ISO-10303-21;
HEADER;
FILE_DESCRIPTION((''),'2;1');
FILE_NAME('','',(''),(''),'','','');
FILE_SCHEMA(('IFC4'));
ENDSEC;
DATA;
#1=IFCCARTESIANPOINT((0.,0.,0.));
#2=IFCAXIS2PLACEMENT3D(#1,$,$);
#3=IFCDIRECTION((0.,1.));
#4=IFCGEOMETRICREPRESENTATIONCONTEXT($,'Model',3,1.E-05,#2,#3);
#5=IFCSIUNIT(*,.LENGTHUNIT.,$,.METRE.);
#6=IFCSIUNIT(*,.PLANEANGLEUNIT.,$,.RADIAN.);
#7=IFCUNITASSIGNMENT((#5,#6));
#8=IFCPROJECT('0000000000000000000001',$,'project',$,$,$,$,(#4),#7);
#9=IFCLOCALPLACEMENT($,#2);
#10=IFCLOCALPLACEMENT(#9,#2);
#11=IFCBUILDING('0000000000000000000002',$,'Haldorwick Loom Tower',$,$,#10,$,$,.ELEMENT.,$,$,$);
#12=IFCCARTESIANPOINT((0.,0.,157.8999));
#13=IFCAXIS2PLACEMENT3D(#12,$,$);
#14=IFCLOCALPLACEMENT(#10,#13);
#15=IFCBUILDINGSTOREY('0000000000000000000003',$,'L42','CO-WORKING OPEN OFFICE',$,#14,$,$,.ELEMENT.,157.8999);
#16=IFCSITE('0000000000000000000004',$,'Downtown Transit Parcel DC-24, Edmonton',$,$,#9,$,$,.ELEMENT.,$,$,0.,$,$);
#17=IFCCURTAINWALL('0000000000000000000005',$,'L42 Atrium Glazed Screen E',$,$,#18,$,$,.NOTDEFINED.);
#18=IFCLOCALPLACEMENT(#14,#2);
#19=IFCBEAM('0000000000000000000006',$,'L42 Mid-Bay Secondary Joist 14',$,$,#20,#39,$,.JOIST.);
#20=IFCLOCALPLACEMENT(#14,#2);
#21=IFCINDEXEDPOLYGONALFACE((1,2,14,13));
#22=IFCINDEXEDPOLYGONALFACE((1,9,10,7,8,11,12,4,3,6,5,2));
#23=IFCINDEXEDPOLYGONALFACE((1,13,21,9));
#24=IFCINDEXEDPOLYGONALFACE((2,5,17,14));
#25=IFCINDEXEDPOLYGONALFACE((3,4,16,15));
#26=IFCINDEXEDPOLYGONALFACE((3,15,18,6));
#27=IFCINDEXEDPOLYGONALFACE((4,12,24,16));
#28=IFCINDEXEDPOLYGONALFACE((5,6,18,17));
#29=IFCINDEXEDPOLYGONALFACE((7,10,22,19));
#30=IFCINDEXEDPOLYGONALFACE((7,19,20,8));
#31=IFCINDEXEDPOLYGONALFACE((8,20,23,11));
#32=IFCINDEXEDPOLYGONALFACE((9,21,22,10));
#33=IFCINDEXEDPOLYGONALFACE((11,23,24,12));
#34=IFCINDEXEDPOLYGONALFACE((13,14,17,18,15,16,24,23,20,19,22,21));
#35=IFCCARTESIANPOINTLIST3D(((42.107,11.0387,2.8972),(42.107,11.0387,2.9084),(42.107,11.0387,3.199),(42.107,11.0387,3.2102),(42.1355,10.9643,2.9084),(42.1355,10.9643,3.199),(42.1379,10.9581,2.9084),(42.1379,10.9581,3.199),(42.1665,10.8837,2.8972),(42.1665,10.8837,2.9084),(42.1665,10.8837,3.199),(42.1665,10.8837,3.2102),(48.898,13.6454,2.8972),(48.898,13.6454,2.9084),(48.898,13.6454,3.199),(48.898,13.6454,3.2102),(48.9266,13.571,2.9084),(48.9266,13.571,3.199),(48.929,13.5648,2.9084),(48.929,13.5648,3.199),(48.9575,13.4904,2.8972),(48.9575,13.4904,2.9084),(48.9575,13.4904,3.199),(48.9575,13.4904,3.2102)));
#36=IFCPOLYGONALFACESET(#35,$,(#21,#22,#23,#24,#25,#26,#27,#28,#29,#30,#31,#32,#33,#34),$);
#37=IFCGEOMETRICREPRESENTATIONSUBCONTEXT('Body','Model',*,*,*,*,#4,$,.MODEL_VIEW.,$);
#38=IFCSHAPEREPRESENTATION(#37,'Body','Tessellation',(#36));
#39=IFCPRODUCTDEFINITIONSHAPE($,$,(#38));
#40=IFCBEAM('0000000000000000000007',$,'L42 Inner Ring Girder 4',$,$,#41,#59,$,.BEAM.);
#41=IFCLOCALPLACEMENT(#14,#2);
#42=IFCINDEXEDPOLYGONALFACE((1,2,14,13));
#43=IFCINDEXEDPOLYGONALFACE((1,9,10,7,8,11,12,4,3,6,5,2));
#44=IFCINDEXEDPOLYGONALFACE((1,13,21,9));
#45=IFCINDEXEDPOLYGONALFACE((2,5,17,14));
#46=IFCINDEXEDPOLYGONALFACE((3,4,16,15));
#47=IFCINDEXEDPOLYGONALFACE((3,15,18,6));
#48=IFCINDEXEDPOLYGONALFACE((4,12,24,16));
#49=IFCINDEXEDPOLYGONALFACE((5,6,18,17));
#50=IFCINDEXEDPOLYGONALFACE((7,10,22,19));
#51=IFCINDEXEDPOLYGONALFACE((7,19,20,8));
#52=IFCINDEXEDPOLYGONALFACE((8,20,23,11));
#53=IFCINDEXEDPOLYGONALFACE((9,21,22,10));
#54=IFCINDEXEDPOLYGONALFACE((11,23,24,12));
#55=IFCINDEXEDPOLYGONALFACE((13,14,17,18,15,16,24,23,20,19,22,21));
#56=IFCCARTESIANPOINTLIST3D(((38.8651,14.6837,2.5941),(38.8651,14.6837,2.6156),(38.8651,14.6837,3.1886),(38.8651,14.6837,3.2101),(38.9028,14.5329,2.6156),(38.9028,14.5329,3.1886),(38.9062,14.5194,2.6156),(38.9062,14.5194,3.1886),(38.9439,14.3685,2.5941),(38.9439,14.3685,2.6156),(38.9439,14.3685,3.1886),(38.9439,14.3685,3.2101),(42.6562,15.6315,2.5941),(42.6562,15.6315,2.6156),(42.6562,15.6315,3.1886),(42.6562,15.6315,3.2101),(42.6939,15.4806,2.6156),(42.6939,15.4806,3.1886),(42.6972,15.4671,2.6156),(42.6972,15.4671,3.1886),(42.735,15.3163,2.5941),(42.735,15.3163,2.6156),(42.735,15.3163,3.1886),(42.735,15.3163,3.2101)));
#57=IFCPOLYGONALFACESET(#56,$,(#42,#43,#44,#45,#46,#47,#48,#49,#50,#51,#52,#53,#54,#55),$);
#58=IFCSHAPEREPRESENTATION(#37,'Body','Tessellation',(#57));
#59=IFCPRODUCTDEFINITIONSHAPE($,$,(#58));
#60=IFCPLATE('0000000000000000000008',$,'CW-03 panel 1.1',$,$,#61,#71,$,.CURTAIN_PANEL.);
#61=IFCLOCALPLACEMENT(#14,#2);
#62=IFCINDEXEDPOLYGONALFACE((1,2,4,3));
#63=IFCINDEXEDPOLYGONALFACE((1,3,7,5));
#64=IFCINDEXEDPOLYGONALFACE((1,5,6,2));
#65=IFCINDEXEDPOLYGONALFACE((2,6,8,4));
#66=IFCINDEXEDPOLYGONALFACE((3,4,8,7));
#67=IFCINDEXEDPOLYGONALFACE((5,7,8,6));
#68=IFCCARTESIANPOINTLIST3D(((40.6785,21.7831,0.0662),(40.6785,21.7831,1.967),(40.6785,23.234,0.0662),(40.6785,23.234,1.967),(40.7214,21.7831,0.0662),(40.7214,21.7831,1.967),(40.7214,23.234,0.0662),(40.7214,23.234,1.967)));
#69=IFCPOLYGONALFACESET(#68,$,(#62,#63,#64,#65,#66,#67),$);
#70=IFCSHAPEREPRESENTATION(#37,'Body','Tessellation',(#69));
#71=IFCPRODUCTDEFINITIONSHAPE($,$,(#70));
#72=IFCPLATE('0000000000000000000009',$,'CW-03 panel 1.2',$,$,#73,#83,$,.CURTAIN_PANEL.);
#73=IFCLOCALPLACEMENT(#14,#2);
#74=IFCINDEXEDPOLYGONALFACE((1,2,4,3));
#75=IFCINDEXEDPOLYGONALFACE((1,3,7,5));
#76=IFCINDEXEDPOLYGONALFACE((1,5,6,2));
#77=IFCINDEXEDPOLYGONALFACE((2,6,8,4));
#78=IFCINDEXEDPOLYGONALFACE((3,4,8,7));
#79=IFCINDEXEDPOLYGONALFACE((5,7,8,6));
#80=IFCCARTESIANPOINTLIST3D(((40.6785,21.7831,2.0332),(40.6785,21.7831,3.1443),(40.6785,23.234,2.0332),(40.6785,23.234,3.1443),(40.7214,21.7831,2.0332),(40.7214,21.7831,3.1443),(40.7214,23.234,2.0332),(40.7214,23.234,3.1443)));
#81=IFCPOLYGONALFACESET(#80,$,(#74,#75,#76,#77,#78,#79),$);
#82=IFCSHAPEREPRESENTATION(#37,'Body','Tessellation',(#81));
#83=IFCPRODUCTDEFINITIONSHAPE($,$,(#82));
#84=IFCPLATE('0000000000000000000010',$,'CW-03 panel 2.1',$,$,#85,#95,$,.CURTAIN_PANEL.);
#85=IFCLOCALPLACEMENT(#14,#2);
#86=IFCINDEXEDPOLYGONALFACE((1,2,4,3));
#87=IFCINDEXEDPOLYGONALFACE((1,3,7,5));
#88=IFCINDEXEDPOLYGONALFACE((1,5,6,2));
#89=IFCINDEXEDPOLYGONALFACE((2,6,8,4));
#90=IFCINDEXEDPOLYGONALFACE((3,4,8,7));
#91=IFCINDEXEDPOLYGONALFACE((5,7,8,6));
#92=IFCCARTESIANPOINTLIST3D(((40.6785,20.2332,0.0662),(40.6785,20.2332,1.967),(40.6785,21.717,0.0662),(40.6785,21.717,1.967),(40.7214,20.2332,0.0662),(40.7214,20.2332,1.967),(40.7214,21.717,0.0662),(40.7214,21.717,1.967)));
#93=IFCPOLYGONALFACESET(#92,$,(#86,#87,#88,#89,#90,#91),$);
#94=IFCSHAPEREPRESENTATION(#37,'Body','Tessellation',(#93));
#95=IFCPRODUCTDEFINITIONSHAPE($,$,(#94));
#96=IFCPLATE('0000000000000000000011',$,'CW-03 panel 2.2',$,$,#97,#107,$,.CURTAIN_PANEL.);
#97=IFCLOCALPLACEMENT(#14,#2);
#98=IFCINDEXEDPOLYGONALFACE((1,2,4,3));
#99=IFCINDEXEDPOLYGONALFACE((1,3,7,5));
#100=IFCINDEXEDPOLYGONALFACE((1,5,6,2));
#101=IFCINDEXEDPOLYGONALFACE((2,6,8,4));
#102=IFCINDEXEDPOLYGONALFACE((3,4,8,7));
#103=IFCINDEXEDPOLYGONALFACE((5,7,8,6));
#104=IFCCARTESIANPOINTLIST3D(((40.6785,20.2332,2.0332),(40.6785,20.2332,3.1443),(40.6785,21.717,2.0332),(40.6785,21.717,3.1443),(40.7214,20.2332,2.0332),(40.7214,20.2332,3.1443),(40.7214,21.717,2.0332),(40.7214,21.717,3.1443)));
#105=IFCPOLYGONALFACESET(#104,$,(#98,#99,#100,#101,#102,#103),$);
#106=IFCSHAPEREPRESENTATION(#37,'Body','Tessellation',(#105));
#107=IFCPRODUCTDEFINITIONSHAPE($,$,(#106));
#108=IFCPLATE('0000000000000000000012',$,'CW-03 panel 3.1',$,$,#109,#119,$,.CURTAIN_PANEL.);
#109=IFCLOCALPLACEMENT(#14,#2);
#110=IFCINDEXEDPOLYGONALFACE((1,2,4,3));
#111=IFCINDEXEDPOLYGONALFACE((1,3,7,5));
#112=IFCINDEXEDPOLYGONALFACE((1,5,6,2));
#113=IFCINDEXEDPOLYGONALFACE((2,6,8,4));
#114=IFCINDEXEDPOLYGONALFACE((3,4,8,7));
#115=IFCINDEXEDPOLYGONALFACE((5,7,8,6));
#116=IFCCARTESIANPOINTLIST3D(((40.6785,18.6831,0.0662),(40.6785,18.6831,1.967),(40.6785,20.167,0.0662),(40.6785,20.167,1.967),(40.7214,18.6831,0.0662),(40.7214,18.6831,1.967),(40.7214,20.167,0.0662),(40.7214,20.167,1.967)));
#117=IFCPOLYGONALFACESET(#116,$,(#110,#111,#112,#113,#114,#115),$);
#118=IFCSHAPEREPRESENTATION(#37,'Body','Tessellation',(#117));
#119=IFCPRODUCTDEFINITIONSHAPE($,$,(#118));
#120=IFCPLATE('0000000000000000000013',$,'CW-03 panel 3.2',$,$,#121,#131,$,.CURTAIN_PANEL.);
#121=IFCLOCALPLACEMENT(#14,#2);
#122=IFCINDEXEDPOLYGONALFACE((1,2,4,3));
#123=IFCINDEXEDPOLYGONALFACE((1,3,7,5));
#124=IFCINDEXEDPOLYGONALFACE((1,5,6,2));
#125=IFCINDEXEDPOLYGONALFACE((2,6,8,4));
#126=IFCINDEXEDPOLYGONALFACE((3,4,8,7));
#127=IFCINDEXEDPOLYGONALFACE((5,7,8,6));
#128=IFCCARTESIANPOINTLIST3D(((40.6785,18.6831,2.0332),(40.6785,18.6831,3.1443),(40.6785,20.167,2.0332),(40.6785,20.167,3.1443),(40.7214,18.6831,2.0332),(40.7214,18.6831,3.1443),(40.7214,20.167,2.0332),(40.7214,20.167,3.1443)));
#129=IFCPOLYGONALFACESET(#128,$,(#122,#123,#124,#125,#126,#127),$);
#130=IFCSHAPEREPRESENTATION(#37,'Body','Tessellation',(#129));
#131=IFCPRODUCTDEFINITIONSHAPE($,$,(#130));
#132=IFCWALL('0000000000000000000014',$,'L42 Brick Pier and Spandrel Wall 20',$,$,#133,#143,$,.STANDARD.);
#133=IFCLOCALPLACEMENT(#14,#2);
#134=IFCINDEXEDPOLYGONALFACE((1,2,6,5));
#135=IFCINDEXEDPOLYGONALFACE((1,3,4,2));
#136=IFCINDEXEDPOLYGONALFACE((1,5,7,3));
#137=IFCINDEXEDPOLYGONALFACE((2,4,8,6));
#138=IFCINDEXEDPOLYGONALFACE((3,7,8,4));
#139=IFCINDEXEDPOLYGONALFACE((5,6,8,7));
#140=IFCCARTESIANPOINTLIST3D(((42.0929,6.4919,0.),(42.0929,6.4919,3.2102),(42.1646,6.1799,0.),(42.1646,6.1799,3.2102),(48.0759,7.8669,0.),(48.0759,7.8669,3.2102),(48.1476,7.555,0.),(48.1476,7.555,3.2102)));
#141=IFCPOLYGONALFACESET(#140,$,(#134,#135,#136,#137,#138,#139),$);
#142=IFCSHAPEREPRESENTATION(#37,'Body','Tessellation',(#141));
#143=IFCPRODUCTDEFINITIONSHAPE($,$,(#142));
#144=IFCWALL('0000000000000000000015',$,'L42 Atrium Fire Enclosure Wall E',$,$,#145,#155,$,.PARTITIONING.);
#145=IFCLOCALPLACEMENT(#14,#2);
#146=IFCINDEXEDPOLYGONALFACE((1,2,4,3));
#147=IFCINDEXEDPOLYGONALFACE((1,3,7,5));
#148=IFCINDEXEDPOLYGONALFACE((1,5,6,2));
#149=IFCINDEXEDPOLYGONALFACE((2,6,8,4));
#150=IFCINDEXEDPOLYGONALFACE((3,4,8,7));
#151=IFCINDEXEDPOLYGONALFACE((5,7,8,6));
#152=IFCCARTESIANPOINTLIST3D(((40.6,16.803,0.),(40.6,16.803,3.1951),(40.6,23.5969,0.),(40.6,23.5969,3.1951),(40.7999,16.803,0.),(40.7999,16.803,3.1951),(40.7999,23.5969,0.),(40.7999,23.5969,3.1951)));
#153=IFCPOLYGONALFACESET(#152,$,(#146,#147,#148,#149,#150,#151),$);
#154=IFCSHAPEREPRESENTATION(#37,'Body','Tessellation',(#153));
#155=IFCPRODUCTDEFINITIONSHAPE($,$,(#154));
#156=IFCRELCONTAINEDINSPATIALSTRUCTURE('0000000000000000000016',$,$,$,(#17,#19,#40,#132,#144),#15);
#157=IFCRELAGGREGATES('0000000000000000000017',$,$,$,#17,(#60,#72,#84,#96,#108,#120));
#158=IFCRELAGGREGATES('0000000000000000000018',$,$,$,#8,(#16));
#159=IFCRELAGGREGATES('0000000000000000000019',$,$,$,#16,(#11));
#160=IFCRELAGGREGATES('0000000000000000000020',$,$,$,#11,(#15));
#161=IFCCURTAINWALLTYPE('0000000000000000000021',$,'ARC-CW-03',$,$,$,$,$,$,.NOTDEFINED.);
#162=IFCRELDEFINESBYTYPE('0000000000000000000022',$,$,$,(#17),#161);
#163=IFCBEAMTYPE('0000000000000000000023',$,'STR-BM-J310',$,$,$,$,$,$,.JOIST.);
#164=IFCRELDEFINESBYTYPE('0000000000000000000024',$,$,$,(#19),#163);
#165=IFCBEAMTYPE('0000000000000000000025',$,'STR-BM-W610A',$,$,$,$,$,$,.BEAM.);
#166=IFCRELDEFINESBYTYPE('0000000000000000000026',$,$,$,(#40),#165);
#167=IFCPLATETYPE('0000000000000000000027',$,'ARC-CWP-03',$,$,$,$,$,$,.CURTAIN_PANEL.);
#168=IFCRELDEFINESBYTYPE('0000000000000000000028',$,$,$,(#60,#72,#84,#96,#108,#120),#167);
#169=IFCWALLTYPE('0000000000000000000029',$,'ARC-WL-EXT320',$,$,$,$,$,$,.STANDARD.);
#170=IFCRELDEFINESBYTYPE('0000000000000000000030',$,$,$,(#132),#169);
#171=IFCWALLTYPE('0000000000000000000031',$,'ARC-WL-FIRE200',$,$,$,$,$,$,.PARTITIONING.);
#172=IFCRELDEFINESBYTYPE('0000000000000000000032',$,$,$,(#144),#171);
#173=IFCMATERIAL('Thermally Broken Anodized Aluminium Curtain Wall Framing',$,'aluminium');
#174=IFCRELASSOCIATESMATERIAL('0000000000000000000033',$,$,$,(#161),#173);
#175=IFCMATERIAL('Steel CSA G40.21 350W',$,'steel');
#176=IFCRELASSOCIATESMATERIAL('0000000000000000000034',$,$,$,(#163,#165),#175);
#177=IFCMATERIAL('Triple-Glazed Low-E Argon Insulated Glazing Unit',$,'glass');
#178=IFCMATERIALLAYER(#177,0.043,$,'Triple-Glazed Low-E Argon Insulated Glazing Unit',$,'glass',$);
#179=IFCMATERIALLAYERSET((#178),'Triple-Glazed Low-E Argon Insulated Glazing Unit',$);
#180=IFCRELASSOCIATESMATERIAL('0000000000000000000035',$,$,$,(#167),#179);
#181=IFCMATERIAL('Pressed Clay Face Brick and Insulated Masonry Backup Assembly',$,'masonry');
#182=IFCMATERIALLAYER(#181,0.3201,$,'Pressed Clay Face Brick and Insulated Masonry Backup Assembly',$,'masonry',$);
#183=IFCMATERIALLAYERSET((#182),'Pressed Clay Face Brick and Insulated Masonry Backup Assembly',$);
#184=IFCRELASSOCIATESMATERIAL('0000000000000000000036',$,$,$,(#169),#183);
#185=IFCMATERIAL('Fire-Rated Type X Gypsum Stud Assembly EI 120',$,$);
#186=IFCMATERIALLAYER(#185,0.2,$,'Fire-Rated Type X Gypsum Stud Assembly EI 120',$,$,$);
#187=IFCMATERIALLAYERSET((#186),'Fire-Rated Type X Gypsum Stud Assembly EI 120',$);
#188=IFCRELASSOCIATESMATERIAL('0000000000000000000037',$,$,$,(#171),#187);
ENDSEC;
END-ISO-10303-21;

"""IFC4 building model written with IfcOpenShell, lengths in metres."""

from ifc_helpers import new_model, si_unit, direction, frame, frame_2d, origin, origin_2d, place, context, subcontext, project, spatial, rectangle, i_section, extrude, material, layer, layer_set, material_profile, profile_set, type_object, element, aggregate, save


model = new_model("IFC4")

# Units and contexts
model_context = context("Model", 3, precision=1e-05, world=origin(), true_north=direction((0.0, 1.0)))
body_context = subcontext(model_context, "Body", "Model", "MODEL_VIEW")
ifc_project = project(units=[si_unit("LENGTHUNIT", "METRE"), si_unit("PLANEANGLEUNIT", "RADIAN")], contexts=[model_context])

# Site, building, storey
site_placement = place(None, origin())
site = spatial("IfcSite", under=ifc_project, at=site_placement, Name="Downtown Transit Parcel DC-24, Edmonton", CompositionType="ELEMENT", RefElevation=0.0)
building_placement = place(site_placement, origin())
building = spatial("IfcBuilding", under=site, at=building_placement, Name="Haldorwick Loom Tower", CompositionType="ELEMENT")
storey_placement = place(building_placement, frame((0.0, 0.0, 157.8999)))
storey = spatial("IfcBuildingStorey", under=building, at=storey_placement, Name="L42", Description="CO-WORKING OPEN OFFICE", CompositionType="ELEMENT", Elevation=157.8999)

# Curtain wall
ifc_material_1 = material(Name="Thermally Broken Anodized Aluminium Curtain Wall Framing", Category="aluminium")
curtain_wall_type = type_object("IfcCurtainWallType", Name="ARC-CW-03", PredefinedType="NOTDEFINED", material=ifc_material_1)
curtain_wall_placement = place(storey_placement, origin())
curtain_wall = element("IfcCurtainWall", 1, at=curtain_wall_placement, inside=storey, type_object=curtain_wall_type, Name="L42 Atrium Glazed Screen E", PredefinedType="NOTDEFINED")

# Beams
ifc_material_2 = material(Name="Steel CSA G40.21 350W", Category="steel")
ifc_material_profile_1 = material_profile(ifc_material_2, i_section(OverallWidth=0.166, OverallDepth=0.313, WebThickness=0.0066, FlangeThickness=0.0112, at=origin_2d()), Name="W310X45", Category="steel")
ifc_profile_set_1 = profile_set([ifc_material_profile_1], Name="Steel CSA G40.21 350W")
beam_type_1 = type_object("IfcBeamType", Name="STR-BM-J310", PredefinedType="JOIST", material=ifc_profile_set_1)
beam_1_placement = place(storey_placement, frame((42.1367, 10.9612, 3.0537), z_axis=(0.933587, 0.358352, 0.0), x_axis=(-0.358352, 0.933587, 0.0)))
element("IfcBeam", 2, at=beam_1_placement, inside=storey, type_object=beam_type_1, Name="L42 Mid-Bay Secondary Joist 14", PredefinedType="JOIST", context=body_context, shape_type="SweptSolid", body=[
    extrude(i_section(OverallWidth=0.166, OverallDepth=0.313, WebThickness=0.0066, FlangeThickness=0.0112, at=origin_2d()), origin(), (0.0, 0.0, 1.0), 7.2742),
])
ifc_material_profile_2 = material_profile(ifc_material_2, i_section(OverallWidth=0.325, OverallDepth=0.616, WebThickness=0.0139, FlangeThickness=0.0215, at=origin_2d()), Name="W610X174", Category="steel")
ifc_profile_set_2 = profile_set([ifc_material_profile_2], Name="Steel CSA G40.21 350W")
beam_type_2 = type_object("IfcBeamType", Name="STR-BM-W610A", PredefinedType="BEAM", material=ifc_profile_set_2)
beam_2_placement = place(storey_placement, frame((42.6956, 15.4739, 2.9021), z_axis=(-0.970143, -0.242536, 0.0), x_axis=(0.242536, -0.970143, 0.0)))
element("IfcBeam", 3, at=beam_2_placement, inside=storey, type_object=beam_type_2, Name="L42 Inner Ring Girder 4", PredefinedType="BEAM", context=body_context, shape_type="SweptSolid", body=[
    extrude(i_section(OverallWidth=0.325, OverallDepth=0.616, WebThickness=0.0139, FlangeThickness=0.0215, at=origin_2d()), origin(), (0.0, 0.0, 1.0), 3.9077),
])

# Plates
ifc_material_3 = material(Name="Triple-Glazed Low-E Argon Insulated Glazing Unit", Category="glass")
ifc_layer_1 = layer(ifc_material_3, 0.043, Name="Triple-Glazed Low-E Argon Insulated Glazing Unit", Category="glass")
ifc_layer_set_1 = layer_set([ifc_layer_1], Name="Triple-Glazed Low-E Argon Insulated Glazing Unit")
plate_type = type_object("IfcPlateType", Name="ARC-CWP-03", PredefinedType="CURTAIN_PANEL", material=ifc_layer_set_1)
plate_1_placement = place(storey_placement, frame((40.7, 22.5085, 0.0662), z_axis=(0.0, 0.0, 1.0), x_axis=(0.0, -1.0, 0.0)))
plate_1 = element("IfcPlate", 4, at=plate_1_placement, type_object=plate_type, Name="CW-03 panel 1.1", PredefinedType="CURTAIN_PANEL", context=body_context, shape_type="SweptSolid", body=[
    extrude(rectangle(XDim=1.4509, YDim=0.043, at=origin_2d()), origin(), (0.0, 0.0, 1.0), 1.9009),
])
plate_2_placement = place(storey_placement, frame((40.7, 22.5085, 2.0332), z_axis=(0.0, 0.0, 1.0), x_axis=(0.0, -1.0, 0.0)))
plate_2 = element("IfcPlate", 5, at=plate_2_placement, type_object=plate_type, Name="CW-03 panel 1.2", PredefinedType="CURTAIN_PANEL", context=body_context, shape_type="SweptSolid", body=[
    extrude(rectangle(XDim=1.4509, YDim=0.043, at=origin_2d()), origin(), (0.0, 0.0, 1.0), 1.1111),
])
plate_3_placement = place(storey_placement, frame((40.7, 20.9751, 0.0662), z_axis=(0.0, 0.0, 1.0), x_axis=(0.0, -1.0, 0.0)))
plate_3 = element("IfcPlate", 6, at=plate_3_placement, type_object=plate_type, Name="CW-03 panel 2.1", PredefinedType="CURTAIN_PANEL", context=body_context, shape_type="SweptSolid", body=[
    extrude(rectangle(XDim=1.4839, YDim=0.043, at=origin_2d()), origin(), (0.0, 0.0, 1.0), 1.9009),
])
plate_4_placement = place(storey_placement, frame((40.7, 20.9751, 2.0332), z_axis=(0.0, 0.0, 1.0), x_axis=(0.0, -1.0, 0.0)))
plate_4 = element("IfcPlate", 7, at=plate_4_placement, type_object=plate_type, Name="CW-03 panel 2.2", PredefinedType="CURTAIN_PANEL", context=body_context, shape_type="SweptSolid", body=[
    extrude(rectangle(XDim=1.4839, YDim=0.043, at=origin_2d()), origin(), (0.0, 0.0, 1.0), 1.1111),
])
plate_5_placement = place(storey_placement, frame((40.7, 19.425, 0.0662), z_axis=(0.0, 0.0, 1.0), x_axis=(0.0, -1.0, 0.0)))
plate_5 = element("IfcPlate", 8, at=plate_5_placement, type_object=plate_type, Name="CW-03 panel 3.1", PredefinedType="CURTAIN_PANEL", context=body_context, shape_type="SweptSolid", body=[
    extrude(rectangle(XDim=1.4839, YDim=0.043, at=origin_2d()), origin(), (0.0, 0.0, 1.0), 1.9009),
])
plate_6_placement = place(storey_placement, frame((40.7, 19.425, 2.0332), z_axis=(0.0, 0.0, 1.0), x_axis=(0.0, -1.0, 0.0)))
plate_6 = element("IfcPlate", 9, at=plate_6_placement, type_object=plate_type, Name="CW-03 panel 3.2", PredefinedType="CURTAIN_PANEL", context=body_context, shape_type="SweptSolid", body=[
    extrude(rectangle(XDim=1.4839, YDim=0.043, at=origin_2d()), origin(), (0.0, 0.0, 1.0), 1.1111),
])
aggregate(curtain_wall, [plate_1, plate_2, plate_3, plate_4, plate_5, plate_6])

# Walls
ifc_material_4 = material(Name="Pressed Clay Face Brick and Insulated Masonry Backup Assembly", Category="masonry")
ifc_layer_2 = layer(ifc_material_4, 0.3201, Name="Pressed Clay Face Brick and Insulated Masonry Backup Assembly", Category="masonry")
ifc_layer_set_2 = layer_set([ifc_layer_2], Name="Pressed Clay Face Brick and Insulated Masonry Backup Assembly")
wall_type_1 = type_object("IfcWallType", Name="ARC-WL-EXT320", PredefinedType="STANDARD", material=ifc_layer_set_2)
wall_1_placement = place(storey_placement, frame((42.1289, 6.3359, 0.0), z_axis=(0.0, 0.0, 1.0), x_axis=(0.974593, 0.223982, 0.0)))
element("IfcWall", 10, at=wall_1_placement, inside=storey, type_object=wall_type_1, Name="L42 Brick Pier and Spandrel Wall 20", PredefinedType="STANDARD", context=body_context, shape_type="SweptSolid", body=[
    extrude(rectangle(XDim=6.1389, YDim=0.3201, at=frame_2d((3.0693, 0.0))), origin(), (0.0, 0.0, 1.0), 3.2102),
])
ifc_material_5 = material(Name="Fire-Rated Type X Gypsum Stud Assembly EI 120")
ifc_layer_3 = layer(ifc_material_5, 0.2, Name="Fire-Rated Type X Gypsum Stud Assembly EI 120")
ifc_layer_set_3 = layer_set([ifc_layer_3], Name="Fire-Rated Type X Gypsum Stud Assembly EI 120")
wall_type_2 = type_object("IfcWallType", Name="ARC-WL-FIRE200", PredefinedType="PARTITIONING", material=ifc_layer_set_3)
wall_2_placement = place(storey_placement, frame((40.7, 23.5969, 0.0), z_axis=(0.0, 0.0, 1.0), x_axis=(0.0, -1.0, 0.0)))
element("IfcWall", 11, at=wall_2_placement, inside=storey, type_object=wall_type_2, Name="L42 Atrium Fire Enclosure Wall E", PredefinedType="PARTITIONING", context=body_context, shape_type="SweptSolid", body=[
    extrude(rectangle(XDim=6.7939, YDim=0.2, at=frame_2d((3.397, 0.0))), origin(), (0.0, 0.0, 1.0), 3.1951),
])

save(model, "model.ifc")
